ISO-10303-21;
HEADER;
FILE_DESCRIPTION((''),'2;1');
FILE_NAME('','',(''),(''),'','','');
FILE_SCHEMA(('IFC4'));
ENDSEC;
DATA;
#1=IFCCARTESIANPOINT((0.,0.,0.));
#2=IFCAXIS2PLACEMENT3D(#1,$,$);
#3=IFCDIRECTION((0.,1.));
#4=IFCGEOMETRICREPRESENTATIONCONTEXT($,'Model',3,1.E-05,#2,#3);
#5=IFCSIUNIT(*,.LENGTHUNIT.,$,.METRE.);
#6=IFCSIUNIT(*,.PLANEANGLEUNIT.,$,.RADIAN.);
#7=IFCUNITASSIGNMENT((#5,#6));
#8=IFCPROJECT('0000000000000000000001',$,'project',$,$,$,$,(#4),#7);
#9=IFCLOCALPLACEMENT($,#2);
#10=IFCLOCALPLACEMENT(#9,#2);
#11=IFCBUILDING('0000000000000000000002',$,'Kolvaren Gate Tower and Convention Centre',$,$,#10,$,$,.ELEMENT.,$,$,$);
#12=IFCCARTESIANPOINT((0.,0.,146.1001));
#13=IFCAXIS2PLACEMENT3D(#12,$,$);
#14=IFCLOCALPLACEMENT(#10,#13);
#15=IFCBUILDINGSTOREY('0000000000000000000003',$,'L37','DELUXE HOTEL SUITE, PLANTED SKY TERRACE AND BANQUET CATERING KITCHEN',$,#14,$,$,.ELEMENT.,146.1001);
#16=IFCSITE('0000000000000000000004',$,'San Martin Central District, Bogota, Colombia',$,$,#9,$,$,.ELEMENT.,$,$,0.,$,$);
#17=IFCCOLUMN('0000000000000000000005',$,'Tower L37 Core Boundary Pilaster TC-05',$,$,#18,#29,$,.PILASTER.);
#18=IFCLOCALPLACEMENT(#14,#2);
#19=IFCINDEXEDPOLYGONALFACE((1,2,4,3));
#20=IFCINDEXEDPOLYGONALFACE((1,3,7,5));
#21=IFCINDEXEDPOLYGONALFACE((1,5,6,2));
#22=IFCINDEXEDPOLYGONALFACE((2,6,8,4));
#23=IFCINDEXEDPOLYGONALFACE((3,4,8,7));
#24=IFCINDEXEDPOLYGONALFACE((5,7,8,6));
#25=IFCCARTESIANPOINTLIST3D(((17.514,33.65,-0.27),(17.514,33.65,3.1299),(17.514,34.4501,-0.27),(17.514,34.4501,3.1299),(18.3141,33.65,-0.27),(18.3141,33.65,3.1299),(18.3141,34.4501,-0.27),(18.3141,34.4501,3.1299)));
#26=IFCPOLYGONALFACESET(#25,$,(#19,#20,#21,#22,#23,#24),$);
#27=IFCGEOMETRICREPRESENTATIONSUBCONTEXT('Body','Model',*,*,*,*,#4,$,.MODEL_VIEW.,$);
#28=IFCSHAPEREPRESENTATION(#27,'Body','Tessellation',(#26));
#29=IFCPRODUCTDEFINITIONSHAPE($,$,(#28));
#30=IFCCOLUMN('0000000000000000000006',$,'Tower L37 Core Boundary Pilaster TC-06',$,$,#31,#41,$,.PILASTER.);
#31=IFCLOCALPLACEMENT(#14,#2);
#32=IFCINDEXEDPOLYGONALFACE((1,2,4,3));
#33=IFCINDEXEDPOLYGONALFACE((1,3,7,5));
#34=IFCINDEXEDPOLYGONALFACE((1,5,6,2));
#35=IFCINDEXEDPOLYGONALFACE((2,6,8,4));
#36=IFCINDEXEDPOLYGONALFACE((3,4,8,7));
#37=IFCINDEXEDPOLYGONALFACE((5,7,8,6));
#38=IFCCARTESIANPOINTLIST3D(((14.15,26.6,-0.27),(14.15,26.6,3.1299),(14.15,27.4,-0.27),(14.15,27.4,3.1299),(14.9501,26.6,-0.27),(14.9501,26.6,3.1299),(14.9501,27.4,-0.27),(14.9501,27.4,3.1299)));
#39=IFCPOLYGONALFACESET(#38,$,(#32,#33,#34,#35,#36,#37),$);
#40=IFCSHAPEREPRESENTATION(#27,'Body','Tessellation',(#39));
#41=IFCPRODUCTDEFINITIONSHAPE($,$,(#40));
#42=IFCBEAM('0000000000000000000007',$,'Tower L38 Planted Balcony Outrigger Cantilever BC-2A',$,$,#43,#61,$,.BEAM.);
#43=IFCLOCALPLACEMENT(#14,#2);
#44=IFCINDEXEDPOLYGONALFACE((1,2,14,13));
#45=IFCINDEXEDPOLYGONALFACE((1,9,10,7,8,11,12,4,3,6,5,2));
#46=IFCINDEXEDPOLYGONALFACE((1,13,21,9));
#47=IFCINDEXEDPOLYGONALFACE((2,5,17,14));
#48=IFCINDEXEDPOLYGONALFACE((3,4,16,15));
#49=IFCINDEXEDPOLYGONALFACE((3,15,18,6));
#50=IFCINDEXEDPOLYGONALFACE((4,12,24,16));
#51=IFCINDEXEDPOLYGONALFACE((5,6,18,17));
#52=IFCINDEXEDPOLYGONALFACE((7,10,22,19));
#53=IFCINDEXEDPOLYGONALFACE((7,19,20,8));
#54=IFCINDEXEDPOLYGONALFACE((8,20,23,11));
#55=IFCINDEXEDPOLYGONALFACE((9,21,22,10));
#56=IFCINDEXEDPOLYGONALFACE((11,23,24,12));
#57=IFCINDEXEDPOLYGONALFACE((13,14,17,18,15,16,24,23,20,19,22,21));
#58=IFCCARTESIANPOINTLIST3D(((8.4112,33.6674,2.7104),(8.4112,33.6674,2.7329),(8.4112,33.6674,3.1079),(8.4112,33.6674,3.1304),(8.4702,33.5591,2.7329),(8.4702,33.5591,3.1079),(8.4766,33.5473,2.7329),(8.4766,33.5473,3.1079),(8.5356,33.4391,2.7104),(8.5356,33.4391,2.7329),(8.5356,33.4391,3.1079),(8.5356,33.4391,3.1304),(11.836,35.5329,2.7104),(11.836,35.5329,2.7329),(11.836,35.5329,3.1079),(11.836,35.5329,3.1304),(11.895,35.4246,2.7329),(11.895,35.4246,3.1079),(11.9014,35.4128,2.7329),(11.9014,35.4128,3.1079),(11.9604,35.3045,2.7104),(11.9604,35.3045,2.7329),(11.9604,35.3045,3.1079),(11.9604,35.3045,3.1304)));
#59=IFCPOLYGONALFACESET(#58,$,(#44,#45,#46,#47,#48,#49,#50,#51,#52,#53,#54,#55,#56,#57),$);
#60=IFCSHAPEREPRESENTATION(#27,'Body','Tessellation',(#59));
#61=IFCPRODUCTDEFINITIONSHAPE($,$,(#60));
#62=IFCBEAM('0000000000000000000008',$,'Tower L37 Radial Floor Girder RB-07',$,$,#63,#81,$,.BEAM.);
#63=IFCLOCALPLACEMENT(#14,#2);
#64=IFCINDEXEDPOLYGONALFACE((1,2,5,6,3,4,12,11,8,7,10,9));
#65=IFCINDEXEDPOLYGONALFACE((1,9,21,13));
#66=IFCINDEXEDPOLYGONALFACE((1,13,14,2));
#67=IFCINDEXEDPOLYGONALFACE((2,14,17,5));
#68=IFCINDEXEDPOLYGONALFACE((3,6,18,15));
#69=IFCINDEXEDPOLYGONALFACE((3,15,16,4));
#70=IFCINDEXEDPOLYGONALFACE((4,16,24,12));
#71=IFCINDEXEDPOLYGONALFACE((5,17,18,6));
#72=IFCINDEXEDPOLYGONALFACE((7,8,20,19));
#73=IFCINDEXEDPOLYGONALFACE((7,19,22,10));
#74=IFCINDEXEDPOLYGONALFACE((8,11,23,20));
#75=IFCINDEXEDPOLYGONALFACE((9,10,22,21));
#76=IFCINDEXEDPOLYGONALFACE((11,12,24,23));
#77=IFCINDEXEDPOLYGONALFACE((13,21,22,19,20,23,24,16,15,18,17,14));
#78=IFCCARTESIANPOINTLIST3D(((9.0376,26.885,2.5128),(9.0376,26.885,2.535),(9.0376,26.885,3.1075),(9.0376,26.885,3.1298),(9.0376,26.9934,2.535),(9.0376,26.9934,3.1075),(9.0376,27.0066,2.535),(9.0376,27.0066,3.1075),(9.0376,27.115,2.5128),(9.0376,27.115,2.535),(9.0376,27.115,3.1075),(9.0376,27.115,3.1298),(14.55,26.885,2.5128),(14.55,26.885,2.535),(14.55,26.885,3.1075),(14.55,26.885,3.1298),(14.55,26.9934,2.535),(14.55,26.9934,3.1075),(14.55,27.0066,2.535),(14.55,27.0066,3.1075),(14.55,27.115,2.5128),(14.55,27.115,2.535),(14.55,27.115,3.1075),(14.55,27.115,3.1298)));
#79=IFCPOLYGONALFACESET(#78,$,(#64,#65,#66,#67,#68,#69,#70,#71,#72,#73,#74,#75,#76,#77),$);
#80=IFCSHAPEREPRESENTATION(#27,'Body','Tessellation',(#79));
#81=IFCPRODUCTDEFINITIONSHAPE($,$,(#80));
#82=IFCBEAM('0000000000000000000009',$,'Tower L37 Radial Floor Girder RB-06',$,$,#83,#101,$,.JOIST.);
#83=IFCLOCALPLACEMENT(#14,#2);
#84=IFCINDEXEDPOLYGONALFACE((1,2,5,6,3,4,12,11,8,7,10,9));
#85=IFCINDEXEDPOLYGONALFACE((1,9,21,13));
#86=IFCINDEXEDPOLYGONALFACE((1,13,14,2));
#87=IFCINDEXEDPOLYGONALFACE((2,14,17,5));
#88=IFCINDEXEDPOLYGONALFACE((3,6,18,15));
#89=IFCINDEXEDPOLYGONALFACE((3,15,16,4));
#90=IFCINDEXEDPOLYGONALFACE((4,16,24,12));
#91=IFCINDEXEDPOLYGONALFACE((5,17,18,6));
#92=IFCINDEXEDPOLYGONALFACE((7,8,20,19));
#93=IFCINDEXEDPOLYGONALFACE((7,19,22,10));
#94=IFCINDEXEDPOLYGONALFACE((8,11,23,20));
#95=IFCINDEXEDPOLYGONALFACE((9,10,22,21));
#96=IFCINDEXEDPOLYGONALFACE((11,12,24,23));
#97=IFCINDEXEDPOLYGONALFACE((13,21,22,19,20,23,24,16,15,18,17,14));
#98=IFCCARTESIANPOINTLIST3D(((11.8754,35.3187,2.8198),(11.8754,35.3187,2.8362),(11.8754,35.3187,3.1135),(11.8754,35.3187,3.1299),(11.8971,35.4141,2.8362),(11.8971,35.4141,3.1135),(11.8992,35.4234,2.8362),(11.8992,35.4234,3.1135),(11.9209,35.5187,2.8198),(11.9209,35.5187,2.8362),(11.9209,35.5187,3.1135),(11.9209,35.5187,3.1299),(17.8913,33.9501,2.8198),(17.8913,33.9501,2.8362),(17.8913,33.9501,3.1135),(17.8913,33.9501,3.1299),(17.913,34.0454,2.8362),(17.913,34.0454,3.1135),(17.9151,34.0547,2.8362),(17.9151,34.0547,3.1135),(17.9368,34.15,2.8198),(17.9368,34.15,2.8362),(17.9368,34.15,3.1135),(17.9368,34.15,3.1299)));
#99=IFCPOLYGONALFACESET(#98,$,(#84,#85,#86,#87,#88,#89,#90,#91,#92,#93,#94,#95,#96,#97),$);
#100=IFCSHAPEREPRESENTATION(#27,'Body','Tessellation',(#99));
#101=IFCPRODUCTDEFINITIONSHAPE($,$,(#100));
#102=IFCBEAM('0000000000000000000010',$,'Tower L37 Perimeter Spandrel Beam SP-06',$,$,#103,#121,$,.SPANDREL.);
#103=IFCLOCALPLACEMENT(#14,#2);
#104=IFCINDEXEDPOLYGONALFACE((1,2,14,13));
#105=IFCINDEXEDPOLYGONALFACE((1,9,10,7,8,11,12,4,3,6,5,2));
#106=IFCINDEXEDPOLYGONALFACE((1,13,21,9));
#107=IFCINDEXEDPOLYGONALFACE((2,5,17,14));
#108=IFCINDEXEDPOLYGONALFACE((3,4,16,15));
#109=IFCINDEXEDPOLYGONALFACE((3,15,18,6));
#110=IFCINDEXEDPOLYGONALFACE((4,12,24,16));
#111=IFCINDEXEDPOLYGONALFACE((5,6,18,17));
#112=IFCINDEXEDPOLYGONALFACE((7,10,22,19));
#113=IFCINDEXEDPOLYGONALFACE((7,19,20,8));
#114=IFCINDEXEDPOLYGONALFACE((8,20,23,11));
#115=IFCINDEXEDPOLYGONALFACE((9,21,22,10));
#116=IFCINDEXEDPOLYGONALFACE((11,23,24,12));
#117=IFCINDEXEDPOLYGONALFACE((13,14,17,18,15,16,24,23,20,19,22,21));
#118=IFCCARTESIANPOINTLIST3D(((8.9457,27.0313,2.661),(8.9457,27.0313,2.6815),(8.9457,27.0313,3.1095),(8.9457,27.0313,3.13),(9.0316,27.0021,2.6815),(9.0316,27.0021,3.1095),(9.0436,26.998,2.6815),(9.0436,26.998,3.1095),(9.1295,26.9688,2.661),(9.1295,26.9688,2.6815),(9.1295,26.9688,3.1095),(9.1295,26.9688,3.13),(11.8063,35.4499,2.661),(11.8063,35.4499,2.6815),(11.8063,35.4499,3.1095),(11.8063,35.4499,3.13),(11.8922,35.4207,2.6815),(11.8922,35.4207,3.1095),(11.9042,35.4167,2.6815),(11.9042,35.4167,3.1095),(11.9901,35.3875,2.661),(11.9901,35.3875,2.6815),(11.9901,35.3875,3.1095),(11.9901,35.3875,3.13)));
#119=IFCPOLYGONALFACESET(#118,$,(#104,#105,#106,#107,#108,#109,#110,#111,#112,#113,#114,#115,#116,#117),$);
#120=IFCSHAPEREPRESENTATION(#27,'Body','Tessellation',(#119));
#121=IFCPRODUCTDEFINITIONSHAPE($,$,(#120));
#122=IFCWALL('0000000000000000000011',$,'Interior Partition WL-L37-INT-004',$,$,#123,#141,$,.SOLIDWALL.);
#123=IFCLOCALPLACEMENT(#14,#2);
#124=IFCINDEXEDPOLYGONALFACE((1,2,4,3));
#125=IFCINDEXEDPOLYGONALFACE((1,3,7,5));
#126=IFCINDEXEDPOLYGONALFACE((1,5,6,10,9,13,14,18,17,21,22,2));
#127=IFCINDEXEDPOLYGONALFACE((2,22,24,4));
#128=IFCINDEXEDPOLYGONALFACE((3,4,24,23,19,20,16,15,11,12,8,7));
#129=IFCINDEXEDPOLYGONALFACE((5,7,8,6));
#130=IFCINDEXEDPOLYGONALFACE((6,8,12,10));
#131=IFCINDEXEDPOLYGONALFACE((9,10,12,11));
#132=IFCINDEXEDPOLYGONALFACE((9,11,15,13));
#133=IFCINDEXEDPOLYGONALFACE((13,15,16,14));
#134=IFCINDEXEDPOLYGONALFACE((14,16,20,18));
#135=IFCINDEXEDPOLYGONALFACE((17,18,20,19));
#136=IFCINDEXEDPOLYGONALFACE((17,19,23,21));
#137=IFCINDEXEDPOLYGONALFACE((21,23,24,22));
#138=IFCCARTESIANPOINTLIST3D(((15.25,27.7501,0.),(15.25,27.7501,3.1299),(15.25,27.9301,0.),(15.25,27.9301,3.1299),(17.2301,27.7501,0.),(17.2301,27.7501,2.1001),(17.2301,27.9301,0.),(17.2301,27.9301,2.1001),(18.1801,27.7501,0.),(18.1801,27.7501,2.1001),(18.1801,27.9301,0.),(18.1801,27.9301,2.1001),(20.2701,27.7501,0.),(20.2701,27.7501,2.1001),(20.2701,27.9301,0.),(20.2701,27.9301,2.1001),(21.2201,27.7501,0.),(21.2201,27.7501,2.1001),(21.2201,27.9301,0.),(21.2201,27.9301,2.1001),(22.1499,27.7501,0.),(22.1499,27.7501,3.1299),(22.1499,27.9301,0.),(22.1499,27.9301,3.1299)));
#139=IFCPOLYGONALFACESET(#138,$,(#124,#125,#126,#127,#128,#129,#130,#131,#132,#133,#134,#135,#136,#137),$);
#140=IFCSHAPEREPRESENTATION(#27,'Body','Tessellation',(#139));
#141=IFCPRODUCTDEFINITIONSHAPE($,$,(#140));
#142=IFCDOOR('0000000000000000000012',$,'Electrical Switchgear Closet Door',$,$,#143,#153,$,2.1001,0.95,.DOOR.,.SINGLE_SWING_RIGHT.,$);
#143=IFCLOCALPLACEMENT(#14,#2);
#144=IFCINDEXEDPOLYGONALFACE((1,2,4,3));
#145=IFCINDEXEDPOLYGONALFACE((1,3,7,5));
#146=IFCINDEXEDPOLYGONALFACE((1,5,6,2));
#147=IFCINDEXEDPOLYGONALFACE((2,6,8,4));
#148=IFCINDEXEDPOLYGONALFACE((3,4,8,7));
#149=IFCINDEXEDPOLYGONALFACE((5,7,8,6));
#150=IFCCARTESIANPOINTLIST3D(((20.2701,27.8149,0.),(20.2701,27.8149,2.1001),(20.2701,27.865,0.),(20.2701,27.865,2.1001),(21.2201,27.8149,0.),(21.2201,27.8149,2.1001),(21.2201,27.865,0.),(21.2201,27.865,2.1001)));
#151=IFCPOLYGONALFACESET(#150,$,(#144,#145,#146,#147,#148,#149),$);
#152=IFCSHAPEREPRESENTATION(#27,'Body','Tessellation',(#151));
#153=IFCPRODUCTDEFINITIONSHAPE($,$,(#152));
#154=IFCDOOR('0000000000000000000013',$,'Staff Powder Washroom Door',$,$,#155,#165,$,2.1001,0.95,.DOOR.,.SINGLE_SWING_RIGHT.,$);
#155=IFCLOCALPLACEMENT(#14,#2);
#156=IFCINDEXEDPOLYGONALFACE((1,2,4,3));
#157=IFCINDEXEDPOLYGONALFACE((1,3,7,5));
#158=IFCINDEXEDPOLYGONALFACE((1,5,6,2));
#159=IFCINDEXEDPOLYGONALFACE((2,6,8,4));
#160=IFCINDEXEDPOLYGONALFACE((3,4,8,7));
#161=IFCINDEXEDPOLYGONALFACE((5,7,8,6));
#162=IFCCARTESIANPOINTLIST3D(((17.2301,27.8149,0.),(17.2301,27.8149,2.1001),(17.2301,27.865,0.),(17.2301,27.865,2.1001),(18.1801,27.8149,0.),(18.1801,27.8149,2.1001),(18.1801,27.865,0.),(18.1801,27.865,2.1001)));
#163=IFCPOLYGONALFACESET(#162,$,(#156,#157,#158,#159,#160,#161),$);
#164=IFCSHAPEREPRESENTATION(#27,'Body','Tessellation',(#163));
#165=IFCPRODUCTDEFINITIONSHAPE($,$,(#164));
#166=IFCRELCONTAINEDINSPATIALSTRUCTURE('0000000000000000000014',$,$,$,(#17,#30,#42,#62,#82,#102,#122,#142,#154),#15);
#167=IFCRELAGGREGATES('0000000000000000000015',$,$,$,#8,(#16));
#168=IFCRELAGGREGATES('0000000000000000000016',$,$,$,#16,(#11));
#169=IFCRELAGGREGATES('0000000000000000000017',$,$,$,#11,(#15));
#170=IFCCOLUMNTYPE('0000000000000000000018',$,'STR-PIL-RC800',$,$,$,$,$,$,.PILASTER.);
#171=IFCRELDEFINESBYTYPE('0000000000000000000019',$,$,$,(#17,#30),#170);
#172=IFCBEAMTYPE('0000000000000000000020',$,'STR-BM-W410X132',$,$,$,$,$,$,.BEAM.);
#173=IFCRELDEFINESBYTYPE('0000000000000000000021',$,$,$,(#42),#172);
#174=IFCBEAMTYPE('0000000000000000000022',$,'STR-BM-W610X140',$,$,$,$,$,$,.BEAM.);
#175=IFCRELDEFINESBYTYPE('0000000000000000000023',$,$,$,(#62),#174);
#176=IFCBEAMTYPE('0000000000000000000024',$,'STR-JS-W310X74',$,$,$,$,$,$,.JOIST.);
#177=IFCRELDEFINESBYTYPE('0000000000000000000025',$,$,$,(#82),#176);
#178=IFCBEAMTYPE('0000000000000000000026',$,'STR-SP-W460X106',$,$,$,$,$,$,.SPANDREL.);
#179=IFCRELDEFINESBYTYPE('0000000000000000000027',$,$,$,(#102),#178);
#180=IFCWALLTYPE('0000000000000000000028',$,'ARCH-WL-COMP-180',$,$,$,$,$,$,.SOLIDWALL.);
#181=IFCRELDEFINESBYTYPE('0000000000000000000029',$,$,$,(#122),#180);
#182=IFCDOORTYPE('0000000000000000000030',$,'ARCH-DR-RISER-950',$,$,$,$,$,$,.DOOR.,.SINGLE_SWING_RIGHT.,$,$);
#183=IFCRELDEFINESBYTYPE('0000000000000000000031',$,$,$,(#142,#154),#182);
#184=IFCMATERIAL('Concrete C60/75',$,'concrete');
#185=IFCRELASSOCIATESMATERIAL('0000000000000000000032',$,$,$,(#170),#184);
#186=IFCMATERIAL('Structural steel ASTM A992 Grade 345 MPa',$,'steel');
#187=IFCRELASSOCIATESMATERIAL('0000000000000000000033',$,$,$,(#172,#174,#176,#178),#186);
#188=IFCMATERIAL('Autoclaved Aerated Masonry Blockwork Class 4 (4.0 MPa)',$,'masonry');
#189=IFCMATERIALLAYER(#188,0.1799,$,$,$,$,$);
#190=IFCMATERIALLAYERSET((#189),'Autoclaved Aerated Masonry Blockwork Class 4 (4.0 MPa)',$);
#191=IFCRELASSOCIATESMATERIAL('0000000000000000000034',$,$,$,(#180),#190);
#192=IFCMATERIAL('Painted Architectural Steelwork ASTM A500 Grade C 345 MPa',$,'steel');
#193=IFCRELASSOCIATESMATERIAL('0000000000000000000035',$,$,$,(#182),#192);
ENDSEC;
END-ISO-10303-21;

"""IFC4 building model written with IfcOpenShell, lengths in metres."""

from ifc_helpers import new_model, si_unit, direction, frame, frame_2d, origin, origin_2d, place, context, subcontext, project, spatial, rectangle, i_section, extrude, material, layer, layer_set, material_profile, profile_set, type_object, element, fill, save


model = new_model("IFC4")

# Units and contexts
model_context = context("Model", 3, precision=1e-05, world=origin(), true_north=direction((0.0, 1.0)))
body_context = subcontext(model_context, "Body", "Model", "MODEL_VIEW")
ifc_project = project(units=[si_unit("LENGTHUNIT", "METRE"), si_unit("PLANEANGLEUNIT", "RADIAN")], contexts=[model_context])

# Site, building, storey
site_placement = place(None, origin())
site = spatial("IfcSite", under=ifc_project, at=site_placement, Name="San Martin Central District, Bogota, Colombia", CompositionType="ELEMENT", RefElevation=0.0)
building_placement = place(site_placement, origin())
building = spatial("IfcBuilding", under=site, at=building_placement, Name="Kolvaren Gate Tower and Convention Centre", CompositionType="ELEMENT")
storey_placement = place(building_placement, frame((0.0, 0.0, 146.1001)))
storey = spatial("IfcBuildingStorey", under=building, at=storey_placement, Name="L37", Description="DELUXE HOTEL SUITE, PLANTED SKY TERRACE AND BANQUET CATERING KITCHEN", CompositionType="ELEMENT", Elevation=146.1001)

# Columns
ifc_material_1 = material(Name="Concrete C60/75", Category="concrete")
ifc_material_profile_1 = material_profile(ifc_material_1, rectangle(XDim=0.8, YDim=0.8, at=origin_2d()), Name="RC-COL-800X800")
ifc_profile_set_1 = profile_set([ifc_material_profile_1], Name="Concrete C60/75")
column_type = type_object("IfcColumnType", Name="STR-PIL-RC800", PredefinedType="PILASTER", material=ifc_profile_set_1)
for number, where, z_axis, x_axis, name in (
    (1, (17.9141, 34.05, -0.27), (0.0, 0.0, 1.0), (1.0, 0.0, 0.0), "Tower L37 Core Boundary Pilaster TC-05"),
    (2, (14.55, 27.0, -0.27), (0.0, 0.0, 1.0), (1.0, 0.0, 0.0), "Tower L37 Core Boundary Pilaster TC-06"),
):
    element("IfcColumn", number, at=place(storey_placement, frame(where, z_axis=z_axis, x_axis=x_axis)), inside=storey, type_object=column_type, Name=name, PredefinedType="PILASTER", context=body_context, shape_type="SweptSolid", body=[
        extrude(rectangle(XDim=0.8, YDim=0.8, at=origin_2d()), origin(), (0.0, 0.0, 1.0), 3.3999),
    ])

# Beams
ifc_material_2 = material(Name="Structural steel ASTM A992 Grade 345 MPa", Category="steel")
ifc_material_profile_2 = material_profile(ifc_material_2, i_section(OverallWidth=0.26, OverallDepth=0.4199, WebThickness=0.0134, FlangeThickness=0.0225, at=origin_2d()), Name="W410X132")
ifc_profile_set_2 = profile_set([ifc_material_profile_2], Name="Structural steel ASTM A992 Grade 345 MPa")
beam_type_1 = type_object("IfcBeamType", Name="STR-BM-W410X132", PredefinedType="BEAM", material=ifc_profile_set_2)
beam_1_placement = place(storey_placement, frame((11.8982, 35.4187, 2.9204), z_axis=(-0.878175, -0.478339, 0.0), x_axis=(0.478339, -0.878175, 0.0)))
element("IfcBeam", 3, at=beam_1_placement, inside=storey, type_object=beam_type_1, Name="Tower L38 Planted Balcony Outrigger Cantilever BC-2A", PredefinedType="BEAM", context=body_context, shape_type="SweptSolid", body=[
    extrude(i_section(OverallWidth=0.26, OverallDepth=0.4199, WebThickness=0.0134, FlangeThickness=0.0225, at=origin_2d()), origin(), (0.0, 0.0, 1.0), 3.8999),
])
ifc_material_profile_3 = material_profile(ifc_material_2, i_section(OverallWidth=0.23, OverallDepth=0.6169, WebThickness=0.0132, FlangeThickness=0.0222, at=origin_2d()), Name="W610X140")
ifc_profile_set_3 = profile_set([ifc_material_profile_3], Name="Structural steel ASTM A992 Grade 345 MPa")
beam_type_2 = type_object("IfcBeamType", Name="STR-BM-W610X140", PredefinedType="BEAM", material=ifc_profile_set_3)
beam_2_placement = place(storey_placement, frame((14.55, 27.0, 2.8213), z_axis=(-1.0, 0.0, 0.0), x_axis=(0.0, -1.0, 0.0)))
element("IfcBeam", 4, at=beam_2_placement, inside=storey, type_object=beam_type_2, Name="Tower L37 Radial Floor Girder RB-07", PredefinedType="BEAM", context=body_context, shape_type="SweptSolid", body=[
    extrude(i_section(OverallWidth=0.23, OverallDepth=0.6169, WebThickness=0.0132, FlangeThickness=0.0222, at=origin_2d()), origin(), (0.0, 0.0, 1.0), 5.5125),
])
ifc_material_profile_4 = material_profile(ifc_material_2, i_section(OverallWidth=0.2051, OverallDepth=0.3101, WebThickness=0.0095, FlangeThickness=0.0164, at=origin_2d()), Name="W310X74")
ifc_profile_set_4 = profile_set([ifc_material_profile_4], Name="Structural steel ASTM A992 Grade 345 MPa")
beam_type_3 = type_object("IfcBeamType", Name="STR-JS-W310X74", PredefinedType="JOIST", material=ifc_profile_set_4)
beam_3_placement = place(storey_placement, frame((17.9141, 34.05, 2.9749), z_axis=(-0.975083, 0.221838, 0.0), x_axis=(-0.221838, -0.975083, 0.0)))
element("IfcBeam", 5, at=beam_3_placement, inside=storey, type_object=beam_type_3, Name="Tower L37 Radial Floor Girder RB-06", PredefinedType="JOIST", context=body_context, shape_type="SweptSolid", body=[
    extrude(i_section(OverallWidth=0.2051, OverallDepth=0.3101, WebThickness=0.0095, FlangeThickness=0.0164, at=origin_2d()), origin(), (0.0, 0.0, 1.0), 6.1697),
])
ifc_material_profile_5 = material_profile(ifc_material_2, i_section(OverallWidth=0.1941, OverallDepth=0.469, WebThickness=0.0127, FlangeThickness=0.0205, at=origin_2d()), Name="W460X106")
ifc_profile_set_5 = profile_set([ifc_material_profile_5], Name="Structural steel ASTM A992 Grade 345 MPa")
beam_type_4 = type_object("IfcBeamType", Name="STR-SP-W460X106", PredefinedType="SPANDREL", material=ifc_profile_set_5)
beam_4_placement = place(storey_placement, frame((11.8982, 35.4187, 2.8955), z_axis=(-0.321725, -0.946833, 0.0), x_axis=(0.946833, -0.321725, 0.0)))
element("IfcBeam", 6, at=beam_4_placement, inside=storey, type_object=beam_type_4, Name="Tower L37 Perimeter Spandrel Beam SP-06", PredefinedType="SPANDREL", context=body_context, shape_type="SweptSolid", body=[
    extrude(i_section(OverallWidth=0.1941, OverallDepth=0.469, WebThickness=0.0127, FlangeThickness=0.0205, at=origin_2d()), origin(), (0.0, 0.0, 1.0), 8.8914),
])

# Wall, openings, doors
ifc_material_3 = material(Name="Autoclaved Aerated Masonry Blockwork Class 4 (4.0 MPa)", Category="masonry")
ifc_layer_1 = layer(ifc_material_3, 0.1799)
ifc_layer_set_1 = layer_set([ifc_layer_1], Name="Autoclaved Aerated Masonry Blockwork Class 4 (4.0 MPa)")
wall_type_1 = type_object("IfcWallType", Name="ARCH-WL-COMP-180", PredefinedType="SOLIDWALL", material=ifc_layer_set_1)
wall_1_placement = place(storey_placement, frame((15.25, 27.8401, 0.0), z_axis=(0.0, 0.0, 1.0), x_axis=(1.0, 0.0, 0.0)))
wall_1 = element("IfcWall", 7, at=wall_1_placement, inside=storey, type_object=wall_type_1, Name="Interior Partition WL-L37-INT-004", PredefinedType="SOLIDWALL", context=body_context, shape_type="SweptSolid", body=[
    extrude(rectangle(XDim=6.8999, YDim=0.1799, at=frame_2d((3.45, 0.0))), origin(), (0.0, 0.0, 1.0), 3.1299),
])
opening_1_placement = place(wall_1_placement, frame((5.02, 0.0, 0.0)))
opening_1 = element("IfcOpeningElement", 8, at=opening_1_placement, cuts=wall_1, PredefinedType="OPENING", context=body_context, shape_type="SweptSolid", body=[
    extrude(rectangle(XDim=0.95, YDim=2.1001, at=frame_2d((0.4751, 1.05))), frame((0.0, 0.0999, 0.0), z_axis=(0.0, -1.0, 0.0), x_axis=(1.0, 0.0, 0.0)), (0.0, 0.0, 1.0), 0.2),
])
opening_2_placement = place(wall_1_placement, frame((1.98, 0.0, 0.0)))
opening_2 = element("IfcOpeningElement", 9, at=opening_2_placement, cuts=wall_1, PredefinedType="OPENING", context=body_context, shape_type="SweptSolid", body=[
    extrude(rectangle(XDim=0.95, YDim=2.1001, at=frame_2d((0.4751, 1.05))), frame((0.0, 0.0999, 0.0), z_axis=(0.0, -1.0, 0.0), x_axis=(1.0, 0.0, 0.0)), (0.0, 0.0, 1.0), 0.2),
])
ifc_material_4 = material(Name="Painted Architectural Steelwork ASTM A500 Grade C 345 MPa", Category="steel")
door_type = type_object("IfcDoorType", Name="ARCH-DR-RISER-950", OperationType="SINGLE_SWING_RIGHT", PredefinedType="DOOR", material=ifc_material_4)
door_1_placement = place(opening_1_placement, origin())
door_1 = element("IfcDoor", 10, at=door_1_placement, inside=storey, type_object=door_type, Name="Electrical Switchgear Closet Door", OperationType="SINGLE_SWING_RIGHT", OverallHeight=2.1001, OverallWidth=0.95, PredefinedType="DOOR", context=body_context, shape_type="SweptSolid", body=[
    extrude(rectangle(XDim=0.95, YDim=2.1001, at=frame_2d((0.4751, 1.05))), frame((0.0, 0.0249, 0.0), z_axis=(0.0, -1.0, 0.0), x_axis=(1.0, 0.0, 0.0)), (0.0, 0.0, 1.0), 0.05),
])
fill(opening_1, door_1)
door_2_placement = place(opening_2_placement, origin())
door_2 = element("IfcDoor", 11, at=door_2_placement, inside=storey, type_object=door_type, Name="Staff Powder Washroom Door", OperationType="SINGLE_SWING_RIGHT", OverallHeight=2.1001, OverallWidth=0.95, PredefinedType="DOOR", context=body_context, shape_type="SweptSolid", body=[
    extrude(rectangle(XDim=0.95, YDim=2.1001, at=frame_2d((0.4751, 1.05))), frame((0.0, 0.0249, 0.0), z_axis=(0.0, -1.0, 0.0), x_axis=(1.0, 0.0, 0.0)), (0.0, 0.0, 1.0), 0.05),
])
fill(opening_2, door_2)

save(model, "model.ifc")
